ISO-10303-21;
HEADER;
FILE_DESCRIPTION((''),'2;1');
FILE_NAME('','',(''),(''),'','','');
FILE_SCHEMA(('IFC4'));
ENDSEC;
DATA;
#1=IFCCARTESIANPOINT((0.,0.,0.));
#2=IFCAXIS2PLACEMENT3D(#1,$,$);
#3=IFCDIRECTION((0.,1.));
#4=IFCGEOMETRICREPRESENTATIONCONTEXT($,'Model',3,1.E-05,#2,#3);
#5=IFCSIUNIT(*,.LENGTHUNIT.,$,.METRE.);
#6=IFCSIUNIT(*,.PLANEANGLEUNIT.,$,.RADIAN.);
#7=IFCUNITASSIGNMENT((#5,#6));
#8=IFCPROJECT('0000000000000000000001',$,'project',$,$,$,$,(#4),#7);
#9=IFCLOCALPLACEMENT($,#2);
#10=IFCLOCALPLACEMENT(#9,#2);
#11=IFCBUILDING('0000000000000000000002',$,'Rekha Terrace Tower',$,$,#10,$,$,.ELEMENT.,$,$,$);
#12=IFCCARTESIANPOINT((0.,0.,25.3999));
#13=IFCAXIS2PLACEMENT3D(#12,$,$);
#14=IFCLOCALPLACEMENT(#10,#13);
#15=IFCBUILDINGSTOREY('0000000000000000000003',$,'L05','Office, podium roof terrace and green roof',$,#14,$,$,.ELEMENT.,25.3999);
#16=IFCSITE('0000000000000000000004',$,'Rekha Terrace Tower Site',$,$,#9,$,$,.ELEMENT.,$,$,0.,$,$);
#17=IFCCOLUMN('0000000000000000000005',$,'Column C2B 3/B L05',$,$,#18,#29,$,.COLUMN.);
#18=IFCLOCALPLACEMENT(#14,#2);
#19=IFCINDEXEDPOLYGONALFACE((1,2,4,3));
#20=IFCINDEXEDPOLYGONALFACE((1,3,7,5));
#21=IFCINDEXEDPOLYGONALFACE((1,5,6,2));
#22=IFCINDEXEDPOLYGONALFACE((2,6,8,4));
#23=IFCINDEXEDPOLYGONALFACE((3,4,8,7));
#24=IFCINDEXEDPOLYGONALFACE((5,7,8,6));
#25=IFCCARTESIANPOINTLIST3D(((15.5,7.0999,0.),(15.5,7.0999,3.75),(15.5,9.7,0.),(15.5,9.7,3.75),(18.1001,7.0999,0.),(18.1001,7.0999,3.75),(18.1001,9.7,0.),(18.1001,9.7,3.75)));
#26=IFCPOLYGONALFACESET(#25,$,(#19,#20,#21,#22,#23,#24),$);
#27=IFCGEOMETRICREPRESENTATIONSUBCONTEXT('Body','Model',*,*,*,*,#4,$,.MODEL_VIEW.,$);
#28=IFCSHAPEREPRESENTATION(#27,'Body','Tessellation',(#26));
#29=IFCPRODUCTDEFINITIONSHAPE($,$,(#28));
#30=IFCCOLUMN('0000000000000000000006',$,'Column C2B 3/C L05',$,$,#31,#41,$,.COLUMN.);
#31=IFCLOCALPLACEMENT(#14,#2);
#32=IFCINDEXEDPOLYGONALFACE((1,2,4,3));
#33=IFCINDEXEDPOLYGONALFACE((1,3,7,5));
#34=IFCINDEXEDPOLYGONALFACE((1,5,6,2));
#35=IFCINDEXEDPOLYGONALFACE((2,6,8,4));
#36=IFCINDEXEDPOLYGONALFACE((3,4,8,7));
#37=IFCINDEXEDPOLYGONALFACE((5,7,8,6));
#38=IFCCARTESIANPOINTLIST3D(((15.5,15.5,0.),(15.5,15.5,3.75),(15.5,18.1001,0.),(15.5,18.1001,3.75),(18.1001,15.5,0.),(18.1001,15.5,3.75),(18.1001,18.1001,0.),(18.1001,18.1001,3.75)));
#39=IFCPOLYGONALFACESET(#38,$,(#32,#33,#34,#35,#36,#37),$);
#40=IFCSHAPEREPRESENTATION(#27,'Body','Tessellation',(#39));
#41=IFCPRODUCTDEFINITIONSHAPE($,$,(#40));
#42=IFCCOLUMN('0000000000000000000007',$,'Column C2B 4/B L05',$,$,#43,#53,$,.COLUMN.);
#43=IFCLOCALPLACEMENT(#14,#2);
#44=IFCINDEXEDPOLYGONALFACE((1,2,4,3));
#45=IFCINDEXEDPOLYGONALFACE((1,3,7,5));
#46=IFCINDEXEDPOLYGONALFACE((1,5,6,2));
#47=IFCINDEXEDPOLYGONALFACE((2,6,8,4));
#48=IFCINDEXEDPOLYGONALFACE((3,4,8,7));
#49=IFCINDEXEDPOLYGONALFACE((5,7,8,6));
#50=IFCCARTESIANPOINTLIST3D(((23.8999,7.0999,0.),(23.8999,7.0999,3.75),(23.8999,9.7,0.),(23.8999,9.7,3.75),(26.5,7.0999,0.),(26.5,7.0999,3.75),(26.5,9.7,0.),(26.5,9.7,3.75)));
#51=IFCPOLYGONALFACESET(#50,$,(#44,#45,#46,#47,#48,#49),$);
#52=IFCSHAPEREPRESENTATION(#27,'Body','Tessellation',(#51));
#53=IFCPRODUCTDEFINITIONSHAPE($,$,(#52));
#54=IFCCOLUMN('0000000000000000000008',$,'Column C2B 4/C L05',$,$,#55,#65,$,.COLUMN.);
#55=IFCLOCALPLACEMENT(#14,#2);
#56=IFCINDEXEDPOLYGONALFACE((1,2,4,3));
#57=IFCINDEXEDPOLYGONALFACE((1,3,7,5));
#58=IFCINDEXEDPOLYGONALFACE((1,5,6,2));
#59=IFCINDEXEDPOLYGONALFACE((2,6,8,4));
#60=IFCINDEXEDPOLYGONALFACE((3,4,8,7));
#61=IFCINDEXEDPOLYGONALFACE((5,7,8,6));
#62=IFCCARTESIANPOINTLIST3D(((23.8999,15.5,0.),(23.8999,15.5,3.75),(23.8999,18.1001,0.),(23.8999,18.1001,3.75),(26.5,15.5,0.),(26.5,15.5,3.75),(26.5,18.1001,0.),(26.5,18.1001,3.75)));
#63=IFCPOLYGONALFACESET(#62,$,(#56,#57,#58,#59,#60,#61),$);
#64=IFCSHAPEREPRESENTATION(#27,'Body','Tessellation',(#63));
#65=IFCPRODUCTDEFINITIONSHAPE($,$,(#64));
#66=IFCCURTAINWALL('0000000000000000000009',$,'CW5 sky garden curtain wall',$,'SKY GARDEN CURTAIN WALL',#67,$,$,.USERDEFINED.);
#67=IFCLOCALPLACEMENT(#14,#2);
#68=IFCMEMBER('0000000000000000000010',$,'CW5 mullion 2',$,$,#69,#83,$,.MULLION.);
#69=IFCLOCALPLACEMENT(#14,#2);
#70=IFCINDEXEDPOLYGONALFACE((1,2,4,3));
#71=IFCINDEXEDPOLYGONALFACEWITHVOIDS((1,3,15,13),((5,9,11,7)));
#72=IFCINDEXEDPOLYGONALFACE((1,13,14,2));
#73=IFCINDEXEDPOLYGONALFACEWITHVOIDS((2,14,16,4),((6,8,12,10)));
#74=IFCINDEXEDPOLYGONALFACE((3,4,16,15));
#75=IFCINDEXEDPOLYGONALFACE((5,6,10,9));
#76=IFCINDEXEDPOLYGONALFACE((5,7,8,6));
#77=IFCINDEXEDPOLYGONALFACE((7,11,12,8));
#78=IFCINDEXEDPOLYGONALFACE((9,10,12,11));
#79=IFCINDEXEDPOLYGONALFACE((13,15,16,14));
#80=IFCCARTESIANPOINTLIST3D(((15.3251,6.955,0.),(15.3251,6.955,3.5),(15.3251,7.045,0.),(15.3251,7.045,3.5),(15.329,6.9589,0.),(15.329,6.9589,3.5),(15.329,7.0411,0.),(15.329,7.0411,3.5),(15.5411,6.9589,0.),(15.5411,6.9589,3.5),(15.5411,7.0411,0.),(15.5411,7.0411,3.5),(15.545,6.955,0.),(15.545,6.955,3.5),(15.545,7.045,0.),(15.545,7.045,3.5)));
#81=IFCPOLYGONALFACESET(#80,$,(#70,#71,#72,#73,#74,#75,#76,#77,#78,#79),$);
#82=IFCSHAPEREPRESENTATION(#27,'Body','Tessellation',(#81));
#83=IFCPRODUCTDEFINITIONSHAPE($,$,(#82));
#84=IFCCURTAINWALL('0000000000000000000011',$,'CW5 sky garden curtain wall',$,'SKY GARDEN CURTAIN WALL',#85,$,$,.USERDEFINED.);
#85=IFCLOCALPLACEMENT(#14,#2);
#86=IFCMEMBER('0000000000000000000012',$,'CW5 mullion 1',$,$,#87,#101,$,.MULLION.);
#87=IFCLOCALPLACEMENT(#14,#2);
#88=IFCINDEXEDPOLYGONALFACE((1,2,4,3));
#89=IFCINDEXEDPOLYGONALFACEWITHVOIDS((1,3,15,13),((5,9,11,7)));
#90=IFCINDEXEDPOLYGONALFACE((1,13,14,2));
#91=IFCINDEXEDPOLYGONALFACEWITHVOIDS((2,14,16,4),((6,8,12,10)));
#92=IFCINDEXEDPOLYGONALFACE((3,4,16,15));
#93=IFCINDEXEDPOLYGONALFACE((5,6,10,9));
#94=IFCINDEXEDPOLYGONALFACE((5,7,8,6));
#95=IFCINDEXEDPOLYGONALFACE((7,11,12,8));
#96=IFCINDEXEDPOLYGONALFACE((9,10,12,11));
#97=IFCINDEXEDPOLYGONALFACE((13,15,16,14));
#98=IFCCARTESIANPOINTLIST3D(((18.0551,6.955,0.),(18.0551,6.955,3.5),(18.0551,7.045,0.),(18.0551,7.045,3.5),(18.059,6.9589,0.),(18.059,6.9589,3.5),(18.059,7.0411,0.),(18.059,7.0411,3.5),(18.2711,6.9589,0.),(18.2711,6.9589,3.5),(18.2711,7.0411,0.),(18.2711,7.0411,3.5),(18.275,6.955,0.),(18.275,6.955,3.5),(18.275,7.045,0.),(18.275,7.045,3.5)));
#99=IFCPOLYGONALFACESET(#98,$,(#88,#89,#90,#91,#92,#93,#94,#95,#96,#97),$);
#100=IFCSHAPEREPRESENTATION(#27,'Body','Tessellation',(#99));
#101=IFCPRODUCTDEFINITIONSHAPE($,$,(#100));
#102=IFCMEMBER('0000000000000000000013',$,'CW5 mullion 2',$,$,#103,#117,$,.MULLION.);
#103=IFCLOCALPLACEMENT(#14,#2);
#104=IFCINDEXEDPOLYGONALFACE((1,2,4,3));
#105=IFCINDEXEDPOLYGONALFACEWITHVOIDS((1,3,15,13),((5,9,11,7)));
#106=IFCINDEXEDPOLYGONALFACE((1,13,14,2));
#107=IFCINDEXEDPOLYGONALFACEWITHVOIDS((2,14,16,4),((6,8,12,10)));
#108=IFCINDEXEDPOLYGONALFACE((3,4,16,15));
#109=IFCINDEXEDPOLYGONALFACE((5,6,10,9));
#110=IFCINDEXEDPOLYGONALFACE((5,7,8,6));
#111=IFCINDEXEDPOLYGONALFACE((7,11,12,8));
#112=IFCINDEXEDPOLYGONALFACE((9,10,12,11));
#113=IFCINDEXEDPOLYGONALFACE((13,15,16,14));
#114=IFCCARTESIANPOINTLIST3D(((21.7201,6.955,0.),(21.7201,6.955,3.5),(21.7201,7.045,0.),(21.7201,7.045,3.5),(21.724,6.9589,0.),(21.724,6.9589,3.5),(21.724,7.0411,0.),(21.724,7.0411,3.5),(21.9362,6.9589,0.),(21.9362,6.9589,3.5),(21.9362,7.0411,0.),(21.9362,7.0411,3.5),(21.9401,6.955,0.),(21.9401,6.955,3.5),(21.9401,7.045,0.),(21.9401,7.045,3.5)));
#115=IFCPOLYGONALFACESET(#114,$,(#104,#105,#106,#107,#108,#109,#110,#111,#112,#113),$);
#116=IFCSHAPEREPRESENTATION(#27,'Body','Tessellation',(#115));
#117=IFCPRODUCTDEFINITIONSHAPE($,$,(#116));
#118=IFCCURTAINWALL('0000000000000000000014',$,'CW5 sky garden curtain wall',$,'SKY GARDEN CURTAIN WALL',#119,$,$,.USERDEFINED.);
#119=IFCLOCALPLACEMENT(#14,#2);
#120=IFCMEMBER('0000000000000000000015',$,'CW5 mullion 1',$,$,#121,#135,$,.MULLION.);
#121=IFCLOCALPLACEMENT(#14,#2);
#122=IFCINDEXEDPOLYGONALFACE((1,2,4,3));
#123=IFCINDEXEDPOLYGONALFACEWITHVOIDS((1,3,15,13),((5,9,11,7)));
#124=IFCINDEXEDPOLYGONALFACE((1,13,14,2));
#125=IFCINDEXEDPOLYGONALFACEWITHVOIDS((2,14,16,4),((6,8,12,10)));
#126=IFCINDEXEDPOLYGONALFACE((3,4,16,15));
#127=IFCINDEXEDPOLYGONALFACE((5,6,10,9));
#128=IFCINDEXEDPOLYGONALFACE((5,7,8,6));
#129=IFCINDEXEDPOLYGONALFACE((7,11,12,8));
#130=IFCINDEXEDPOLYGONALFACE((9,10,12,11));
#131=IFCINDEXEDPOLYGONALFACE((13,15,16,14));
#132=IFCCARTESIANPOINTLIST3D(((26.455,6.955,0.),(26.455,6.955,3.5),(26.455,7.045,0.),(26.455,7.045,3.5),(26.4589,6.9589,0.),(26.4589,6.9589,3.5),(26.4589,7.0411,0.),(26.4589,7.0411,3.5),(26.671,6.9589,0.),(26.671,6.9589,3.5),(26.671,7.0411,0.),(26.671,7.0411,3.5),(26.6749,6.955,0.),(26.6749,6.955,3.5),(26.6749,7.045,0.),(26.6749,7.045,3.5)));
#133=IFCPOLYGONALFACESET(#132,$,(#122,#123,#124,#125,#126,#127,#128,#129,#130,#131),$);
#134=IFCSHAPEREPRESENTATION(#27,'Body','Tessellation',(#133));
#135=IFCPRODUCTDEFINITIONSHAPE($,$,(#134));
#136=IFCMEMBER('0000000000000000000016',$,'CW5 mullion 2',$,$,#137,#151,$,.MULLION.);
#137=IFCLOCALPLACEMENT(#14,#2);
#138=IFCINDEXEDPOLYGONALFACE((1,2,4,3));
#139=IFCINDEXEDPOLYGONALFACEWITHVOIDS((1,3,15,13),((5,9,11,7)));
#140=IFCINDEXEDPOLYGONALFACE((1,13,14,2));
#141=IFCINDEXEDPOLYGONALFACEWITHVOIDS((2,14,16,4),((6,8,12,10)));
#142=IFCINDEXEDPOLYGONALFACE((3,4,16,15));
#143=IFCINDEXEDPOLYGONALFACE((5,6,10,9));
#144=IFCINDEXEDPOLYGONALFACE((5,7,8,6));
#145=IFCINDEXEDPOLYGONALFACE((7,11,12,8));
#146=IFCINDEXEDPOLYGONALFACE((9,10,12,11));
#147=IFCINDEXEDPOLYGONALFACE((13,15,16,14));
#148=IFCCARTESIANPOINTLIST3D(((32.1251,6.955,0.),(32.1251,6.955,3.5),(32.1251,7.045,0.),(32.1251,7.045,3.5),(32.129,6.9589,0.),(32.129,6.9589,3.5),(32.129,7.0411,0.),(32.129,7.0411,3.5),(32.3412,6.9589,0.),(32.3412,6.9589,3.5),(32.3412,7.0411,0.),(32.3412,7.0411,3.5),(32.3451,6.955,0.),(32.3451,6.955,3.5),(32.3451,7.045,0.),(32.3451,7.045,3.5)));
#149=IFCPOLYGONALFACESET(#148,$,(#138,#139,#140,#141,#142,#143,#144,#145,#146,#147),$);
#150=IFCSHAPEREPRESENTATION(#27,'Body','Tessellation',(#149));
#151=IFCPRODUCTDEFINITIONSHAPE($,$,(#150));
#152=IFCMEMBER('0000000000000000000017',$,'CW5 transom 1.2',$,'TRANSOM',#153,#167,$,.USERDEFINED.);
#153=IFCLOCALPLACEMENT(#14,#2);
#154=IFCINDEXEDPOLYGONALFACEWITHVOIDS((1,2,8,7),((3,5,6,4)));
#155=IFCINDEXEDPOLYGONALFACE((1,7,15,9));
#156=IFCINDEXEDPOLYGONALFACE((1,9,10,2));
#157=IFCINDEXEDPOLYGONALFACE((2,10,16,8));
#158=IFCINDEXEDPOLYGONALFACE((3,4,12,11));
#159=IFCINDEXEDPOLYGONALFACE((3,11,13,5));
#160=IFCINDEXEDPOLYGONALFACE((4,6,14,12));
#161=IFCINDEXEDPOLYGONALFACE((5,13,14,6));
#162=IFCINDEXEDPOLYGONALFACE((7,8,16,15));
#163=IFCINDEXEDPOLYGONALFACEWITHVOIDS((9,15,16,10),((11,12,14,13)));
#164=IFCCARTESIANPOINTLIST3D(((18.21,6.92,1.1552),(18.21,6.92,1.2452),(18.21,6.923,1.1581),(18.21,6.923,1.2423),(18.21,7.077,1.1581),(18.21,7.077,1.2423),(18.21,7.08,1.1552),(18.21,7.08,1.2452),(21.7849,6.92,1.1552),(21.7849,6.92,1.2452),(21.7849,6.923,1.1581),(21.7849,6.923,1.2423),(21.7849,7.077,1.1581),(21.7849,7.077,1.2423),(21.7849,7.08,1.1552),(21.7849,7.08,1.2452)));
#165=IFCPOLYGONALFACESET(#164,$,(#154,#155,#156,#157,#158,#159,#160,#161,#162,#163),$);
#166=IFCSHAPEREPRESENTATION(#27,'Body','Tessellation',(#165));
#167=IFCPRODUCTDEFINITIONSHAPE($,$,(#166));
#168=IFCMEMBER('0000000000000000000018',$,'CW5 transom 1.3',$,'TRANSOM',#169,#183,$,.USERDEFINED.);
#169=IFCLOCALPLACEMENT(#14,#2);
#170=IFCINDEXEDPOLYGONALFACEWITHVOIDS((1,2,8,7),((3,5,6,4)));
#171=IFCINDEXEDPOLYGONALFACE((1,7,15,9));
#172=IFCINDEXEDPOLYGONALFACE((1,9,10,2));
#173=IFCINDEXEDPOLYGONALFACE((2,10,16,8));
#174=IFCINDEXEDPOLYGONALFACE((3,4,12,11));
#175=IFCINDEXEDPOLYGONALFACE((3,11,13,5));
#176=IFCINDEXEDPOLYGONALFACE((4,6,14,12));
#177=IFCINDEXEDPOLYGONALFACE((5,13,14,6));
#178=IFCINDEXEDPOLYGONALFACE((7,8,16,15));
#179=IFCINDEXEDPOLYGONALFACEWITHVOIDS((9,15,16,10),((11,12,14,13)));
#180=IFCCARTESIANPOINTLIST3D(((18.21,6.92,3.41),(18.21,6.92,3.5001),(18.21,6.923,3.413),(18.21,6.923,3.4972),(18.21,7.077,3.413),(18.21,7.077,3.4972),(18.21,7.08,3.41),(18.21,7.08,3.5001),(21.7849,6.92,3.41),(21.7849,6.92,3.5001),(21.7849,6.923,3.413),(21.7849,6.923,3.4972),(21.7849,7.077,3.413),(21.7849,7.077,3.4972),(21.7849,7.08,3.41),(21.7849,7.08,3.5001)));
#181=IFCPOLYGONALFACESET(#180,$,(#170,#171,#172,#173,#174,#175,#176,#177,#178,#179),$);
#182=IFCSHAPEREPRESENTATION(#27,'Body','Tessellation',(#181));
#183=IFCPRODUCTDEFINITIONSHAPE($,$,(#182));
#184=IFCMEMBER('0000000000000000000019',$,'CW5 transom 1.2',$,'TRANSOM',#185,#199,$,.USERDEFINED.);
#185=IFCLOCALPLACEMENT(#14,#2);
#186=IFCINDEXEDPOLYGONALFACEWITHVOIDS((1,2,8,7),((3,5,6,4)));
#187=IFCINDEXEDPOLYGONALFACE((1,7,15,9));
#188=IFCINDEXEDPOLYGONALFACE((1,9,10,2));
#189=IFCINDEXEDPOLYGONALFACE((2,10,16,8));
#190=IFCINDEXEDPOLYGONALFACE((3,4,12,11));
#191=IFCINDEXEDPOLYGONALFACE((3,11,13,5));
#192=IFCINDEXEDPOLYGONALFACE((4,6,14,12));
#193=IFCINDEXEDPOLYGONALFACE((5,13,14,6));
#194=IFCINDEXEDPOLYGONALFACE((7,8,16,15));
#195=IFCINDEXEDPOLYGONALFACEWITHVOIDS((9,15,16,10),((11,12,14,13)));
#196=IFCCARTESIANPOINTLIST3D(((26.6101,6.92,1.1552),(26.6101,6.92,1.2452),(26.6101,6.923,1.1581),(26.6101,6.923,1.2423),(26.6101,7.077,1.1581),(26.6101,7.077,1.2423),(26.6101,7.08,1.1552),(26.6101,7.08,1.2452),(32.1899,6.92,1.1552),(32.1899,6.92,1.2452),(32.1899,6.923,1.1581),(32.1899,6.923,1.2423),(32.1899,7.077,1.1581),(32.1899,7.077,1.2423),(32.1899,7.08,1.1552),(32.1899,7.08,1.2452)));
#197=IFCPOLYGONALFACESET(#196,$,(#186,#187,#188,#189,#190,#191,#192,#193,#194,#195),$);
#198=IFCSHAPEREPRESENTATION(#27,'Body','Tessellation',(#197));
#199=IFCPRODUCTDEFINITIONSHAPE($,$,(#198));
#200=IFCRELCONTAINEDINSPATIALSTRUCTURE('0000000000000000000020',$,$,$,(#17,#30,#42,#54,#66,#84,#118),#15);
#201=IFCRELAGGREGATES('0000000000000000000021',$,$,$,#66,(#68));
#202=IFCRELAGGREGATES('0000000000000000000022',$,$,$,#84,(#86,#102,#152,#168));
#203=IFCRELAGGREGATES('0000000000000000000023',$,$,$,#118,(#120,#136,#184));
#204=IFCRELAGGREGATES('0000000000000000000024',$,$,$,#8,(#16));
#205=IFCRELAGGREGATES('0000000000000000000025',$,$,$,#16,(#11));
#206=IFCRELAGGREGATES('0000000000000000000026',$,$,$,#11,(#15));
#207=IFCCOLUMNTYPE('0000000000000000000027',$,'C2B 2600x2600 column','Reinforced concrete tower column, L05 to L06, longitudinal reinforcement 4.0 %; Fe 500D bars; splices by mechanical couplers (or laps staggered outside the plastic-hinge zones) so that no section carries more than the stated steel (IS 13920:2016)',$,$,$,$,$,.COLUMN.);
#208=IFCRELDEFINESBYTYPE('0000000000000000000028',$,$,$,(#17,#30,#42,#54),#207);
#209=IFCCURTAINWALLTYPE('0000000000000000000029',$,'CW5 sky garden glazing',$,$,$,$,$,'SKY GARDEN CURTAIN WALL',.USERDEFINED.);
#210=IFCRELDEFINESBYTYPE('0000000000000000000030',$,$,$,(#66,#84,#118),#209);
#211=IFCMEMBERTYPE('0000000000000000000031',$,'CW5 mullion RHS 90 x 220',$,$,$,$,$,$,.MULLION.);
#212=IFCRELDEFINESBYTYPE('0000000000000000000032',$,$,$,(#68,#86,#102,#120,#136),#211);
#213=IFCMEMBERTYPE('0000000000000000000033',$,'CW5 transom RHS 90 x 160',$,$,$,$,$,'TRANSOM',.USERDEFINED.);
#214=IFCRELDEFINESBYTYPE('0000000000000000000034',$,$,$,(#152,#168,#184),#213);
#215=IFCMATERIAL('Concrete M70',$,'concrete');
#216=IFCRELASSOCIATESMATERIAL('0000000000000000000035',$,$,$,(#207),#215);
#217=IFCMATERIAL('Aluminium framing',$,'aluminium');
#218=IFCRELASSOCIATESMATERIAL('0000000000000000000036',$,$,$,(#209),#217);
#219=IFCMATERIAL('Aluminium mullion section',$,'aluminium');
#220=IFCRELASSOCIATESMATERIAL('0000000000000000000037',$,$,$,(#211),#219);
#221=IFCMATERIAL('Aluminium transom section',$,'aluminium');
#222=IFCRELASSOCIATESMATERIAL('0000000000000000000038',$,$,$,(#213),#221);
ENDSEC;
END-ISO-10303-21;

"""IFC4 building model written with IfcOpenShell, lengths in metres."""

from ifc_helpers import new_model, si_unit, direction, frame, origin, origin_2d, place, context, subcontext, project, spatial, rectangle, hollow_rectangle, extrude, material, material_profile, profile_set, type_object, element, aggregate, save


model = new_model("IFC4")

# Units and contexts
model_context = context("Model", 3, precision=1e-05, world=origin(), true_north=direction((0.0, 1.0)))
body_context = subcontext(model_context, "Body", "Model", "MODEL_VIEW")
ifc_project = project(units=[si_unit("LENGTHUNIT", "METRE"), si_unit("PLANEANGLEUNIT", "RADIAN")], contexts=[model_context])

# Site, building, storey
site_placement = place(None, origin())
site = spatial("IfcSite", under=ifc_project, at=site_placement, Name="Rekha Terrace Tower Site", CompositionType="ELEMENT", RefElevation=0.0)
building_placement = place(site_placement, origin())
building = spatial("IfcBuilding", under=site, at=building_placement, Name="Rekha Terrace Tower", CompositionType="ELEMENT")
storey_placement = place(building_placement, frame((0.0, 0.0, 25.3999)))
storey = spatial("IfcBuildingStorey", under=building, at=storey_placement, Name="L05", Description="Office, podium roof terrace and green roof", CompositionType="ELEMENT", Elevation=25.3999)

# Columns
ifc_material_1 = material(Name="Concrete M70", Category="concrete")
ifc_material_profile_1 = material_profile(ifc_material_1, rectangle(XDim=2.6001, YDim=2.6001, at=origin_2d()), Name="RC 2600x2600")
ifc_profile_set_1 = profile_set([ifc_material_profile_1], Name="Concrete M70")
column_type = type_object("IfcColumnType", Name="C2B 2600x2600 column", Description="Reinforced concrete tower column, L05 to L06, longitudinal reinforcement 4.0 %; Fe 500D bars; splices by mechanical couplers (or laps staggered outside the plastic-hinge zones) so that no section carries more than the stated steel (IS 13920:2016)", PredefinedType="COLUMN", material=ifc_profile_set_1)
for number, where, z_axis, x_axis, name in (
    (1, (16.8, 8.3999, 0.0), (0.0, 0.0, 1.0), (1.0, 0.0, 0.0), "Column C2B 3/B L05"),
    (2, (16.8, 16.8, 0.0), (0.0, 0.0, 1.0), (1.0, 0.0, 0.0), "Column C2B 3/C L05"),
    (3, (25.2, 8.3999, 0.0), (0.0, 0.0, 1.0), (1.0, 0.0, 0.0), "Column C2B 4/B L05"),
    (4, (25.2, 16.8, 0.0), (0.0, 0.0, 1.0), (1.0, 0.0, 0.0), "Column C2B 4/C L05"),
):
    element("IfcColumn", number, at=place(storey_placement, frame(where, z_axis=z_axis, x_axis=x_axis)), inside=storey, type_object=column_type, Name=name, PredefinedType="COLUMN", context=body_context, shape_type="SweptSolid", body=[
        extrude(rectangle(XDim=2.6001, YDim=2.6001, at=origin_2d()), origin(), (0.0, 0.0, 1.0), 3.75),
    ])

# Curtain wall, member
ifc_material_2 = material(Name="Aluminium framing", Category="aluminium")
curtain_wall_type = type_object("IfcCurtainWallType", Name="CW5 sky garden glazing", ElementType="SKY GARDEN CURTAIN WALL", PredefinedType="USERDEFINED", material=ifc_material_2)
curtain_wall_1_placement = place(storey_placement, origin())
curtain_wall_1 = element("IfcCurtainWall", 5, at=curtain_wall_1_placement, inside=storey, type_object=curtain_wall_type, Name="CW5 sky garden curtain wall", ObjectType="SKY GARDEN CURTAIN WALL", PredefinedType="USERDEFINED")
ifc_material_3 = material(Name="Aluminium mullion section", Category="aluminium")
ifc_material_profile_2 = material_profile(ifc_material_3, hollow_rectangle(XDim=0.0901, YDim=0.22, WallThickness=0.0039, at=origin_2d()), Name="AL RHS 90x220")
ifc_profile_set_2 = profile_set([ifc_material_profile_2], Name="Aluminium mullion section")
member_type_1 = type_object("IfcMemberType", Name="CW5 mullion RHS 90 x 220", PredefinedType="MULLION", material=ifc_profile_set_2)
member_1_placement = place(storey_placement, frame((15.4351, 7.0, 0.0), z_axis=(0.0, 0.0, 1.0), x_axis=(0.0, 1.0, 0.0)))
member_1 = element("IfcMember", 6, at=member_1_placement, type_object=member_type_1, Name="CW5 mullion 2", PredefinedType="MULLION", context=body_context, shape_type="SweptSolid", body=[
    extrude(hollow_rectangle(XDim=0.0901, YDim=0.22, WallThickness=0.0039, at=origin_2d()), origin(), (0.0, 0.0, 1.0), 3.5),
])
aggregate(curtain_wall_1, [member_1])

# Curtain walls, members
curtain_wall_2_placement = place(storey_placement, origin())
curtain_wall_2 = element("IfcCurtainWall", 7, at=curtain_wall_2_placement, inside=storey, type_object=curtain_wall_type, Name="CW5 sky garden curtain wall", ObjectType="SKY GARDEN CURTAIN WALL", PredefinedType="USERDEFINED")
member_2_placement = place(storey_placement, frame((18.165, 7.0, 0.0), z_axis=(0.0, 0.0, 1.0), x_axis=(0.0, 1.0, 0.0)))
member_2 = element("IfcMember", 8, at=member_2_placement, type_object=member_type_1, Name="CW5 mullion 1", PredefinedType="MULLION", context=body_context, shape_type="SweptSolid", body=[
    extrude(hollow_rectangle(XDim=0.0901, YDim=0.22, WallThickness=0.0039, at=origin_2d()), origin(), (0.0, 0.0, 1.0), 3.5),
])
member_3_placement = place(storey_placement, frame((21.8301, 7.0, 0.0), z_axis=(0.0, 0.0, 1.0), x_axis=(0.0, 1.0, 0.0)))
member_3 = element("IfcMember", 9, at=member_3_placement, type_object=member_type_1, Name="CW5 mullion 2", PredefinedType="MULLION", context=body_context, shape_type="SweptSolid", body=[
    extrude(hollow_rectangle(XDim=0.0901, YDim=0.22, WallThickness=0.0039, at=origin_2d()), origin(), (0.0, 0.0, 1.0), 3.5),
])
curtain_wall_3_placement = place(storey_placement, origin())
curtain_wall_3 = element("IfcCurtainWall", 10, at=curtain_wall_3_placement, inside=storey, type_object=curtain_wall_type, Name="CW5 sky garden curtain wall", ObjectType="SKY GARDEN CURTAIN WALL", PredefinedType="USERDEFINED")
member_4_placement = place(storey_placement, frame((26.5649, 7.0, 0.0), z_axis=(0.0, 0.0, 1.0), x_axis=(0.0, 1.0, 0.0)))
member_4 = element("IfcMember", 11, at=member_4_placement, type_object=member_type_1, Name="CW5 mullion 1", PredefinedType="MULLION", context=body_context, shape_type="SweptSolid", body=[
    extrude(hollow_rectangle(XDim=0.0901, YDim=0.22, WallThickness=0.0039, at=origin_2d()), origin(), (0.0, 0.0, 1.0), 3.5),
])
member_5_placement = place(storey_placement, frame((32.2351, 7.0, 0.0), z_axis=(0.0, 0.0, 1.0), x_axis=(0.0, 1.0, 0.0)))
member_5 = element("IfcMember", 12, at=member_5_placement, type_object=member_type_1, Name="CW5 mullion 2", PredefinedType="MULLION", context=body_context, shape_type="SweptSolid", body=[
    extrude(hollow_rectangle(XDim=0.0901, YDim=0.22, WallThickness=0.0039, at=origin_2d()), origin(), (0.0, 0.0, 1.0), 3.5),
])

# Members
ifc_material_4 = material(Name="Aluminium transom section", Category="aluminium")
ifc_material_profile_3 = material_profile(ifc_material_4, hollow_rectangle(XDim=0.1599, YDim=0.0901, WallThickness=0.0029, at=origin_2d()), Name="AL RHS 160x90")
ifc_profile_set_3 = profile_set([ifc_material_profile_3], Name="Aluminium transom section")
member_type_2 = type_object("IfcMemberType", Name="CW5 transom RHS 90 x 160", ElementType="TRANSOM", PredefinedType="USERDEFINED", material=ifc_profile_set_3)
member_6_placement = place(storey_placement, frame((18.21, 7.0, 1.2002), z_axis=(1.0, 0.0, 0.0), x_axis=(0.0, 1.0, 0.0)))
member_6 = element("IfcMember", 13, at=member_6_placement, type_object=member_type_2, Name="CW5 transom 1.2", ObjectType="TRANSOM", PredefinedType="USERDEFINED", context=body_context, shape_type="SweptSolid", body=[
    extrude(hollow_rectangle(XDim=0.1599, YDim=0.0901, WallThickness=0.0029, at=origin_2d()), origin(), (0.0, 0.0, 1.0), 3.575),
])
member_7_placement = place(storey_placement, frame((18.21, 7.0, 3.4551), z_axis=(1.0, 0.0, 0.0), x_axis=(0.0, 1.0, 0.0)))
member_7 = element("IfcMember", 14, at=member_7_placement, type_object=member_type_2, Name="CW5 transom 1.3", ObjectType="TRANSOM", PredefinedType="USERDEFINED", context=body_context, shape_type="SweptSolid", body=[
    extrude(hollow_rectangle(XDim=0.1599, YDim=0.0901, WallThickness=0.0029, at=origin_2d()), origin(), (0.0, 0.0, 1.0), 3.575),
])
member_8_placement = place(storey_placement, frame((26.6101, 7.0, 1.2002), z_axis=(1.0, 0.0, 0.0), x_axis=(0.0, 1.0, 0.0)))
member_8 = element("IfcMember", 15, at=member_8_placement, type_object=member_type_2, Name="CW5 transom 1.2", ObjectType="TRANSOM", PredefinedType="USERDEFINED", context=body_context, shape_type="SweptSolid", body=[
    extrude(hollow_rectangle(XDim=0.1599, YDim=0.0901, WallThickness=0.0029, at=origin_2d()), origin(), (0.0, 0.0, 1.0), 5.5798),
])

aggregate(curtain_wall_2, [member_2, member_3, member_6, member_7])
aggregate(curtain_wall_3, [member_4, member_5, member_8])

save(model, "model.ifc")
